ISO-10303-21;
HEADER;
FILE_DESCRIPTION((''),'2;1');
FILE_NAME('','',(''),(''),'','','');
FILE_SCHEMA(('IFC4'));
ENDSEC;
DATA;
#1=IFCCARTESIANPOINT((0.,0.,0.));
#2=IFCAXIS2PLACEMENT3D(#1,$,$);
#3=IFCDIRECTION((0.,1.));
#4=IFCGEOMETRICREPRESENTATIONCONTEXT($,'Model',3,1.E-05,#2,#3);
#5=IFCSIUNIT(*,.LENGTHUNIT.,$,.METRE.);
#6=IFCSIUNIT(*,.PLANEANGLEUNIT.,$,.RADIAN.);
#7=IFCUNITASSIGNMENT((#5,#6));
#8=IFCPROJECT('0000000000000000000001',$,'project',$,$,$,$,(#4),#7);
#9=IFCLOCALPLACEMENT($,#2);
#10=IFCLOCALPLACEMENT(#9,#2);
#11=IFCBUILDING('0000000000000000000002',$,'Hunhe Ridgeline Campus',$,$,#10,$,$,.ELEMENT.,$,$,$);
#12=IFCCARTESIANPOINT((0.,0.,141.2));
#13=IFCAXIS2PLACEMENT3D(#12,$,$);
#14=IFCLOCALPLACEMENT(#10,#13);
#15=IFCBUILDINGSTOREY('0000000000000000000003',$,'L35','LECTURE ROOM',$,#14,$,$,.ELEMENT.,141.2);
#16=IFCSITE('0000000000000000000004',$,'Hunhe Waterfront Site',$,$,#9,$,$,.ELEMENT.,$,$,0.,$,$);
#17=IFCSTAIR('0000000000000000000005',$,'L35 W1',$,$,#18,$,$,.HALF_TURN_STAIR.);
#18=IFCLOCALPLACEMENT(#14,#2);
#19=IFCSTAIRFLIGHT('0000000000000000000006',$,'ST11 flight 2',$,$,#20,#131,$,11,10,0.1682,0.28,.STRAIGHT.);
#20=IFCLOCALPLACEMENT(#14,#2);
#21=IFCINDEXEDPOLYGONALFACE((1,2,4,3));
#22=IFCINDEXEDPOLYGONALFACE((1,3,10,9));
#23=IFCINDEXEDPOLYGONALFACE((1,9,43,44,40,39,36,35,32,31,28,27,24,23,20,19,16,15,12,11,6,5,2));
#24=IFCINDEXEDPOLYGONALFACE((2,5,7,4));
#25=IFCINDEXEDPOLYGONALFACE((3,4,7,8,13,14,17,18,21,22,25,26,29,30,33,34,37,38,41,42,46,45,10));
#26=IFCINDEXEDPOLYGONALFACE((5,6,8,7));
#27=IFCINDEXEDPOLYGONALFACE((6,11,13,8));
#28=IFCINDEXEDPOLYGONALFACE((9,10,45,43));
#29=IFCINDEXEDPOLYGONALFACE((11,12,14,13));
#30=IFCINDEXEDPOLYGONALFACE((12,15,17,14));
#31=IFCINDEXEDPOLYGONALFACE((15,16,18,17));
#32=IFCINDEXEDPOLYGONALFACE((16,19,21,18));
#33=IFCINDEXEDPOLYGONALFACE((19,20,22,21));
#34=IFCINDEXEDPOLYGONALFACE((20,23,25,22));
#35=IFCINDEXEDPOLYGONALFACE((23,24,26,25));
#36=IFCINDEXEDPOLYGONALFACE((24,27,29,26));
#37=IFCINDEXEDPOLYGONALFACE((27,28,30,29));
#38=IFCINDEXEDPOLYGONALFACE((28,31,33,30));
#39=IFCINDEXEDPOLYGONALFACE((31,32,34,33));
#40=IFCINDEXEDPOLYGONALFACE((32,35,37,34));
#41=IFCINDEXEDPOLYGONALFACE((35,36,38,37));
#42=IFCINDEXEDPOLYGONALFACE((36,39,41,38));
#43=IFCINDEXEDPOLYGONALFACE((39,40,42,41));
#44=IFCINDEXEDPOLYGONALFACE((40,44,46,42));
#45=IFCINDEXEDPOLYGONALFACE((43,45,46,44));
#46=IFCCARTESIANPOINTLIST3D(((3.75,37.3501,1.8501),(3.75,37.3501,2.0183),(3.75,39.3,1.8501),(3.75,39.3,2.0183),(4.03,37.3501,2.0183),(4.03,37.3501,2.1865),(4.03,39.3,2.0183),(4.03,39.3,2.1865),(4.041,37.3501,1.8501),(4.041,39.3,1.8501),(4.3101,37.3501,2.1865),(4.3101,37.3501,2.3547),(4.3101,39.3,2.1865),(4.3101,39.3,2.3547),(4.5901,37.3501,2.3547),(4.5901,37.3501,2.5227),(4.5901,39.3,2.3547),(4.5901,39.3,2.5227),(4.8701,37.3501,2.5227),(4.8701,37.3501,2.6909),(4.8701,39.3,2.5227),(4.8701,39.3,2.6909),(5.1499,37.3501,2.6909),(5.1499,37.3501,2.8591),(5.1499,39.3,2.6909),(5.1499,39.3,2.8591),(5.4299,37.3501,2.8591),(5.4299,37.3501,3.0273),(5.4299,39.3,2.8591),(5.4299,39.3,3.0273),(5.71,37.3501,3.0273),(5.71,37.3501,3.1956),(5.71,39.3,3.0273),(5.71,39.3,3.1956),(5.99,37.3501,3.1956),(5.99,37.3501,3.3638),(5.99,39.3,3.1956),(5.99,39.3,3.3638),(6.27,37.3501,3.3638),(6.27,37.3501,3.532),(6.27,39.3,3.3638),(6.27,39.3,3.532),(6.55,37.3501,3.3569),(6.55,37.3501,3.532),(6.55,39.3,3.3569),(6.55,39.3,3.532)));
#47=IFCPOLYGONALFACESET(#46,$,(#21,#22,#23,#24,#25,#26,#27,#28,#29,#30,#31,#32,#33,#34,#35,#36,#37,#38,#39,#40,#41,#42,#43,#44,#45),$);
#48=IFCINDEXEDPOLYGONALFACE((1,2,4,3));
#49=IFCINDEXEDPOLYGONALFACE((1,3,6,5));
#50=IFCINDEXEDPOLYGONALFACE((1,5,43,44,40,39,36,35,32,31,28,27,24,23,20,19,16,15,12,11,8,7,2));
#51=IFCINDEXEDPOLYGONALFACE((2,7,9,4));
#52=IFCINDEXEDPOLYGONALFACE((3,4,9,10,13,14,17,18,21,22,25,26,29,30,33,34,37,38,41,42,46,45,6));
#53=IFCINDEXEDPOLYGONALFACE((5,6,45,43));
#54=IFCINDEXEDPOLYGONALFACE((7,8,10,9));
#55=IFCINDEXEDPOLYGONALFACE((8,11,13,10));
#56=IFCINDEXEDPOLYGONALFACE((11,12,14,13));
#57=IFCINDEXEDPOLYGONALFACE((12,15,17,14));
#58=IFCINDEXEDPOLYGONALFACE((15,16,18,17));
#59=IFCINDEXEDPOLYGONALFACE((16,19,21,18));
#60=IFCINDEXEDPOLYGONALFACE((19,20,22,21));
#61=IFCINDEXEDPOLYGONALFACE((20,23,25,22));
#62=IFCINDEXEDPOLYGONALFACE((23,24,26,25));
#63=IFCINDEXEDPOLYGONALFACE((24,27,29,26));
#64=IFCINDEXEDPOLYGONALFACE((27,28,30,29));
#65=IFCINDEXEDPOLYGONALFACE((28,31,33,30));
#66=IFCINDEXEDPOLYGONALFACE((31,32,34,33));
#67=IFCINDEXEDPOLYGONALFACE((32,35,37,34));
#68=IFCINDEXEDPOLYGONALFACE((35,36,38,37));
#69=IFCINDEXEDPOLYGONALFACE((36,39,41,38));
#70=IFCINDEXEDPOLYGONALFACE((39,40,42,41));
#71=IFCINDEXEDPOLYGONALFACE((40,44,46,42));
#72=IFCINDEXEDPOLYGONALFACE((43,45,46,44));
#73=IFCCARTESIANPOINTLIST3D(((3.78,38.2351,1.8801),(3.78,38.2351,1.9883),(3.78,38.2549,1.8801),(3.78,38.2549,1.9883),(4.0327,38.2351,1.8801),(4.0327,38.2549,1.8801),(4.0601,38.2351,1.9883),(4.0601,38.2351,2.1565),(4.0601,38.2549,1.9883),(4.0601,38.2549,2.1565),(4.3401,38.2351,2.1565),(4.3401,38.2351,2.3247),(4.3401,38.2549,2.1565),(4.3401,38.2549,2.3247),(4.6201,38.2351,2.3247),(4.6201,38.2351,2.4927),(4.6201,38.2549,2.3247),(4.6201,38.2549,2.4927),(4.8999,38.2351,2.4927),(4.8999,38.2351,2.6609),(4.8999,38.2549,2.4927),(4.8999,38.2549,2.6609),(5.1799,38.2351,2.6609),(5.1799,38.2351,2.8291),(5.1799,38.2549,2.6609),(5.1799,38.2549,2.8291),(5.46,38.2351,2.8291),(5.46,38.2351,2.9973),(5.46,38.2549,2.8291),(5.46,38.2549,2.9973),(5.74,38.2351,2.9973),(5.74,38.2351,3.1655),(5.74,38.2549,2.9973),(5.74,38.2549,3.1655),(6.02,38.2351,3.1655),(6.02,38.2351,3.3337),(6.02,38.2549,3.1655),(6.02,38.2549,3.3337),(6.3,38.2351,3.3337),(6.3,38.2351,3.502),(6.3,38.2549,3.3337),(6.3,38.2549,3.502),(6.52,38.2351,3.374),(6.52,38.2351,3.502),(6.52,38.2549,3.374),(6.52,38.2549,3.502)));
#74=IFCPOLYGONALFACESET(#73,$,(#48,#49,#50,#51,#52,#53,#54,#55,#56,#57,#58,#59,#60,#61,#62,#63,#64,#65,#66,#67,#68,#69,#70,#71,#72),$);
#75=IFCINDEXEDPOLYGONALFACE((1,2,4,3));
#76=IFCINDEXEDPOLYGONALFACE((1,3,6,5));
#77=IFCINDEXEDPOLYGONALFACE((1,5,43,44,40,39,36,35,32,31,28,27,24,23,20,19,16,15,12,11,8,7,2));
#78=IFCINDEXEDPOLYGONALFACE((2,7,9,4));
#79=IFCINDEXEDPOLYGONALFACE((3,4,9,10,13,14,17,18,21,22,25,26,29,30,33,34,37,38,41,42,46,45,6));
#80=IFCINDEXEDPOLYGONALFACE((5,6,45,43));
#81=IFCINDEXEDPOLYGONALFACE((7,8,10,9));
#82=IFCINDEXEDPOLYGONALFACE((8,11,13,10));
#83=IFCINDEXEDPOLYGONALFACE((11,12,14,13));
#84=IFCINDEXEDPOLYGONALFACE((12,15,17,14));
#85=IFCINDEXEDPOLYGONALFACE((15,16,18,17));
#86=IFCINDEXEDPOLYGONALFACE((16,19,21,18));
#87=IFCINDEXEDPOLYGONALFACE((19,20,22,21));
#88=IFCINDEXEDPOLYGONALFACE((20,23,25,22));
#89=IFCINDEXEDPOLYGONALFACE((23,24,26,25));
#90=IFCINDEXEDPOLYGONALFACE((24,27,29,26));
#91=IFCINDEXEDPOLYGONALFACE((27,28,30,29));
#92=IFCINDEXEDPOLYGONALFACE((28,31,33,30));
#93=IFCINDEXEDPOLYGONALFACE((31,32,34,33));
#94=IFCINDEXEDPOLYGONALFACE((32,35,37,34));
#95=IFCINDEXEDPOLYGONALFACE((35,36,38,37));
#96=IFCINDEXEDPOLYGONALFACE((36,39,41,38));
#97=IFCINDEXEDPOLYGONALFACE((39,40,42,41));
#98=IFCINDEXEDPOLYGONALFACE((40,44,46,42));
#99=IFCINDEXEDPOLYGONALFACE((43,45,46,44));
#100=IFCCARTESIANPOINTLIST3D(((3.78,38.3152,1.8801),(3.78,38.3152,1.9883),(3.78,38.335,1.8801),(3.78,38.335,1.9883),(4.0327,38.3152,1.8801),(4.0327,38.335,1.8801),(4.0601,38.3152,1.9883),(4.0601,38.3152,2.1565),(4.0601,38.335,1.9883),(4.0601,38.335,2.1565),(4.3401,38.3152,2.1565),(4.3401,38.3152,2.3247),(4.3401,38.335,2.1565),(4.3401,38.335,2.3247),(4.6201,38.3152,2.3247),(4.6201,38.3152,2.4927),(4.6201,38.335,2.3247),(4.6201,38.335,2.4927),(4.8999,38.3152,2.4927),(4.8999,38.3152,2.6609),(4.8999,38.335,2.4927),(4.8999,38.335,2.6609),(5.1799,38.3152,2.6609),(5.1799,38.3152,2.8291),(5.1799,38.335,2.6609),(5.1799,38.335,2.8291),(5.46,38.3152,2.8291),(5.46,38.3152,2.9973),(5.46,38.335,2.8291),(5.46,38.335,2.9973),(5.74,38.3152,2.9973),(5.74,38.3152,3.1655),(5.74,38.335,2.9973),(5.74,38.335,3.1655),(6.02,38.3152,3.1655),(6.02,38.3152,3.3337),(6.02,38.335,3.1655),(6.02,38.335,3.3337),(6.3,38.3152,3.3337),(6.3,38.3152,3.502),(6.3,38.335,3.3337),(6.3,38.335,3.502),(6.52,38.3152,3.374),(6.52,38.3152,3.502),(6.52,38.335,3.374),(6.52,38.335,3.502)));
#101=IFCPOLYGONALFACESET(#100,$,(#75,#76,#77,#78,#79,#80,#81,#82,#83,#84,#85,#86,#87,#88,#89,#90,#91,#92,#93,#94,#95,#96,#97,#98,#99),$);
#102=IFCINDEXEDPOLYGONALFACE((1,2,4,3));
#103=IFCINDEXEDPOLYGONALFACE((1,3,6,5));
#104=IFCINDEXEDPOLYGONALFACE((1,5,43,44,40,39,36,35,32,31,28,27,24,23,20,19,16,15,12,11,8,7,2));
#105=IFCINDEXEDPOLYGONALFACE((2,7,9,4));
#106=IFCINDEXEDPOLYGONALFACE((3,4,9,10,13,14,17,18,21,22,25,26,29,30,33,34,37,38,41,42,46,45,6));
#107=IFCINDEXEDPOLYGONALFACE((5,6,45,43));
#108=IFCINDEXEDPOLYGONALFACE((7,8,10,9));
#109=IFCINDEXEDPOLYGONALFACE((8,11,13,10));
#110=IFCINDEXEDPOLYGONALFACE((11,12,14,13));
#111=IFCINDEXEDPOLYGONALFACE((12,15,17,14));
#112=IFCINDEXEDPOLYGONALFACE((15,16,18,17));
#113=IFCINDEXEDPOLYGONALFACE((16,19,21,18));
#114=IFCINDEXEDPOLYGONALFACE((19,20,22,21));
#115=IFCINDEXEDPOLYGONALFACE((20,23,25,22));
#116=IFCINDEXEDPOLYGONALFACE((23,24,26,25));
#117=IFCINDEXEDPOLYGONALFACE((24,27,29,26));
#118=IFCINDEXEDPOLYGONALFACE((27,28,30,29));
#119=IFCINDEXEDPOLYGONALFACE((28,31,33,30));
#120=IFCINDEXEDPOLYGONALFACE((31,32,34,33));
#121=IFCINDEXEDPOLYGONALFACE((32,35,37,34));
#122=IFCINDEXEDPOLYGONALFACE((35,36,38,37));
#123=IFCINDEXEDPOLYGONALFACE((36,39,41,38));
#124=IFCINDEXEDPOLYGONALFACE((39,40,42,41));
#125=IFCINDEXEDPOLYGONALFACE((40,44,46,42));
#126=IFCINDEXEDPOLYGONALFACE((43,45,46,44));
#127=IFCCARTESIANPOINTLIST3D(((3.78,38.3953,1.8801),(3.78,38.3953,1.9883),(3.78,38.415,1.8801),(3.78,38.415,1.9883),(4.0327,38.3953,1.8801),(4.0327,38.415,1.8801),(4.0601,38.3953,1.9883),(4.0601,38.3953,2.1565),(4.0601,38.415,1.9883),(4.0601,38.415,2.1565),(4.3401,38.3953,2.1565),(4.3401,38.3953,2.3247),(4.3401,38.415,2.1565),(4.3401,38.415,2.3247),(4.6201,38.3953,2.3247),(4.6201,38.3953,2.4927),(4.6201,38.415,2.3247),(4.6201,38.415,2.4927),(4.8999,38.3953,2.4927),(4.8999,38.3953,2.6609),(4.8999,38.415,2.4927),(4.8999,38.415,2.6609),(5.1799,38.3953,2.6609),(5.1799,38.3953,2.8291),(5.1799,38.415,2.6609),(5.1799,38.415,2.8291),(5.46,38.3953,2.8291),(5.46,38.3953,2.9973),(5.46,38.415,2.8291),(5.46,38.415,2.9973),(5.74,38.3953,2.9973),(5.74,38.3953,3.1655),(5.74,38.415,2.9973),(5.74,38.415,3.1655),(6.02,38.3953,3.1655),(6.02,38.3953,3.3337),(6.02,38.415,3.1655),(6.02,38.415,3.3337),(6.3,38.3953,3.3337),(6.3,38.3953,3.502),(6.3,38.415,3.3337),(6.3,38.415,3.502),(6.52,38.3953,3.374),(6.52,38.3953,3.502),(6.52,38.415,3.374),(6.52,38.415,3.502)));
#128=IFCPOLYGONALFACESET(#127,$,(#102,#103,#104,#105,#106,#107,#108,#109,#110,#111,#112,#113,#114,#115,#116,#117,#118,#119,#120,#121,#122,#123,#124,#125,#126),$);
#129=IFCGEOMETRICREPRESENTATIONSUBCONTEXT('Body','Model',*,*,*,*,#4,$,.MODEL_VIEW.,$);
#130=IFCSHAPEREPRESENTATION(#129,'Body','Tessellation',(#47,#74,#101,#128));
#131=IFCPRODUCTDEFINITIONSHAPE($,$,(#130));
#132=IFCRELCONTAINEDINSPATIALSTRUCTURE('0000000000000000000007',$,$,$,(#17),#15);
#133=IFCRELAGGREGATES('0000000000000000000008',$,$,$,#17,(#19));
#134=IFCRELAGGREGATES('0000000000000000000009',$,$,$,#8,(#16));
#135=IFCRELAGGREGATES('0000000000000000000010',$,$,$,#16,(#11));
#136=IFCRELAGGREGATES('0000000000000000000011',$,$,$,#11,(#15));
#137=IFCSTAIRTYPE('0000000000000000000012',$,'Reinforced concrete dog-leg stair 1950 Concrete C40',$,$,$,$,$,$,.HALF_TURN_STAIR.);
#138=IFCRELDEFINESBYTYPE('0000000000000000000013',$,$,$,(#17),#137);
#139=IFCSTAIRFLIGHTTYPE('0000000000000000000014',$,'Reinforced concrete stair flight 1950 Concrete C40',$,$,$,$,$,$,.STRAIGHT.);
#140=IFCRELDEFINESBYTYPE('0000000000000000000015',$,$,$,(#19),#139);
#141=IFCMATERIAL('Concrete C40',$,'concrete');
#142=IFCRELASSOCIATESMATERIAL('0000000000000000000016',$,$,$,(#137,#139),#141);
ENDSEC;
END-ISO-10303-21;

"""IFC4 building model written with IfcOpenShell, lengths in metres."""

from ifc_helpers import new_model, si_unit, direction, frame, origin, place, context, subcontext, project, spatial, polyline, outline, extrude, material, type_object, element, aggregate, save


model = new_model("IFC4")

# Units and contexts
model_context = context("Model", 3, precision=1e-05, world=origin(), true_north=direction((0.0, 1.0)))
body_context = subcontext(model_context, "Body", "Model", "MODEL_VIEW")
ifc_project = project(units=[si_unit("LENGTHUNIT", "METRE"), si_unit("PLANEANGLEUNIT", "RADIAN")], contexts=[model_context])

# Site, building, storey
site_placement = place(None, origin())
site = spatial("IfcSite", under=ifc_project, at=site_placement, Name="Hunhe Waterfront Site", CompositionType="ELEMENT", RefElevation=0.0)
building_placement = place(site_placement, origin())
building = spatial("IfcBuilding", under=site, at=building_placement, Name="Hunhe Ridgeline Campus", CompositionType="ELEMENT")
storey_placement = place(building_placement, frame((0.0, 0.0, 141.2)))
storey = spatial("IfcBuildingStorey", under=building, at=storey_placement, Name="L35", Description="LECTURE ROOM", CompositionType="ELEMENT", Elevation=141.2)

# Stair, stair flight
ifc_material_1 = material(Name="Concrete C40", Category="concrete")
stair_type = type_object("IfcStairType", Name="Reinforced concrete dog-leg stair 1950 Concrete C40", PredefinedType="HALF_TURN_STAIR", material=ifc_material_1)
stair_placement = place(storey_placement, origin())
stair = element("IfcStair", 1, at=stair_placement, inside=storey, type_object=stair_type, Name="L35 W1", PredefinedType="HALF_TURN_STAIR")
stair_flight_type = type_object("IfcStairFlightType", Name="Reinforced concrete stair flight 1950 Concrete C40", PredefinedType="STRAIGHT", material=ifc_material_1)
stair_flight_1_placement = place(storey_placement, frame((3.75, 38.325, 1.8501), z_axis=(0.0, 0.0, 1.0), x_axis=(1.0, 0.0, 0.0)))
stair_flight_1 = element("IfcStairFlight", 2, at=stair_flight_1_placement, type_object=stair_flight_type, Name="ST11 flight 2", NumberOfRisers=11, NumberOfTreads=10, PredefinedType="STRAIGHT", RiserHeight=0.1682, TreadLength=0.28, context=body_context, shape_type="SweptSolid", body=[
    extrude(outline(polyline([(0.0, 0.0), (0.0, 0.1682), (0.28, 0.1682), (0.28, 0.3364), (0.5601, 0.3364), (0.5601, 0.5046), (0.8401, 0.5046), (0.8401, 0.6726), (1.1201, 0.6726), (1.1201, 0.8408), (1.3999, 0.8408), (1.3999, 1.009), (1.6799, 1.009), (1.6799, 1.1772), (1.96, 1.1772), (1.96, 1.3455), (2.24, 1.3455), (2.24, 1.5137), (2.52, 1.5137), (2.52, 1.6819), (2.8, 1.6819), (2.8, 1.8501), (2.8, 1.5068), (0.291, 0.0), (0.0, 0.0)])), frame((0.0, 0.9751, 0.0), z_axis=(0.0, -1.0, 0.0), x_axis=(1.0, 0.0, 0.0)), (0.0, 0.0, 1.0), 1.95),
    extrude(outline(polyline([(0.03, 0.03), (0.03, 0.1382), (0.3101, 0.1382), (0.3101, 0.3064), (0.5901, 0.3064), (0.5901, 0.4746), (0.8701, 0.4746), (0.8701, 0.6426), (1.1499, 0.6426), (1.1499, 0.8108), (1.4299, 0.8108), (1.4299, 0.979), (1.71, 0.979), (1.71, 1.1472), (1.99, 1.1472), (1.99, 1.3154), (2.27, 1.3154), (2.27, 1.4836), (2.55, 1.4836), (2.55, 1.6519), (2.77, 1.6519), (2.77, 1.5239), (0.2827, 0.03), (0.03, 0.03)])), frame((0.0, -0.0701, 0.0), z_axis=(0.0, -1.0, 0.0), x_axis=(1.0, 0.0, 0.0)), (0.0, 0.0, 1.0), 0.0198),
    extrude(outline(polyline([(0.03, 0.03), (0.03, 0.1382), (0.3101, 0.1382), (0.3101, 0.3064), (0.5901, 0.3064), (0.5901, 0.4746), (0.8701, 0.4746), (0.8701, 0.6426), (1.1499, 0.6426), (1.1499, 0.8108), (1.4299, 0.8108), (1.4299, 0.979), (1.71, 0.979), (1.71, 1.1472), (1.99, 1.1472), (1.99, 1.3154), (2.27, 1.3154), (2.27, 1.4836), (2.55, 1.4836), (2.55, 1.6519), (2.77, 1.6519), (2.77, 1.5239), (0.2827, 0.03), (0.03, 0.03)])), frame((0.0, 0.01, 0.0), z_axis=(0.0, -1.0, 0.0), x_axis=(1.0, 0.0, 0.0)), (0.0, 0.0, 1.0), 0.0198),
    extrude(outline(polyline([(0.03, 0.03), (0.03, 0.1382), (0.3101, 0.1382), (0.3101, 0.3064), (0.5901, 0.3064), (0.5901, 0.4746), (0.8701, 0.4746), (0.8701, 0.6426), (1.1499, 0.6426), (1.1499, 0.8108), (1.4299, 0.8108), (1.4299, 0.979), (1.71, 0.979), (1.71, 1.1472), (1.99, 1.1472), (1.99, 1.3154), (2.27, 1.3154), (2.27, 1.4836), (2.55, 1.4836), (2.55, 1.6519), (2.77, 1.6519), (2.77, 1.5239), (0.2827, 0.03), (0.03, 0.03)])), frame((0.0, 0.0901, 0.0), z_axis=(0.0, -1.0, 0.0), x_axis=(1.0, 0.0, 0.0)), (0.0, 0.0, 1.0), 0.0198),
])
aggregate(stair, [stair_flight_1])

save(model, "model.ifc")
